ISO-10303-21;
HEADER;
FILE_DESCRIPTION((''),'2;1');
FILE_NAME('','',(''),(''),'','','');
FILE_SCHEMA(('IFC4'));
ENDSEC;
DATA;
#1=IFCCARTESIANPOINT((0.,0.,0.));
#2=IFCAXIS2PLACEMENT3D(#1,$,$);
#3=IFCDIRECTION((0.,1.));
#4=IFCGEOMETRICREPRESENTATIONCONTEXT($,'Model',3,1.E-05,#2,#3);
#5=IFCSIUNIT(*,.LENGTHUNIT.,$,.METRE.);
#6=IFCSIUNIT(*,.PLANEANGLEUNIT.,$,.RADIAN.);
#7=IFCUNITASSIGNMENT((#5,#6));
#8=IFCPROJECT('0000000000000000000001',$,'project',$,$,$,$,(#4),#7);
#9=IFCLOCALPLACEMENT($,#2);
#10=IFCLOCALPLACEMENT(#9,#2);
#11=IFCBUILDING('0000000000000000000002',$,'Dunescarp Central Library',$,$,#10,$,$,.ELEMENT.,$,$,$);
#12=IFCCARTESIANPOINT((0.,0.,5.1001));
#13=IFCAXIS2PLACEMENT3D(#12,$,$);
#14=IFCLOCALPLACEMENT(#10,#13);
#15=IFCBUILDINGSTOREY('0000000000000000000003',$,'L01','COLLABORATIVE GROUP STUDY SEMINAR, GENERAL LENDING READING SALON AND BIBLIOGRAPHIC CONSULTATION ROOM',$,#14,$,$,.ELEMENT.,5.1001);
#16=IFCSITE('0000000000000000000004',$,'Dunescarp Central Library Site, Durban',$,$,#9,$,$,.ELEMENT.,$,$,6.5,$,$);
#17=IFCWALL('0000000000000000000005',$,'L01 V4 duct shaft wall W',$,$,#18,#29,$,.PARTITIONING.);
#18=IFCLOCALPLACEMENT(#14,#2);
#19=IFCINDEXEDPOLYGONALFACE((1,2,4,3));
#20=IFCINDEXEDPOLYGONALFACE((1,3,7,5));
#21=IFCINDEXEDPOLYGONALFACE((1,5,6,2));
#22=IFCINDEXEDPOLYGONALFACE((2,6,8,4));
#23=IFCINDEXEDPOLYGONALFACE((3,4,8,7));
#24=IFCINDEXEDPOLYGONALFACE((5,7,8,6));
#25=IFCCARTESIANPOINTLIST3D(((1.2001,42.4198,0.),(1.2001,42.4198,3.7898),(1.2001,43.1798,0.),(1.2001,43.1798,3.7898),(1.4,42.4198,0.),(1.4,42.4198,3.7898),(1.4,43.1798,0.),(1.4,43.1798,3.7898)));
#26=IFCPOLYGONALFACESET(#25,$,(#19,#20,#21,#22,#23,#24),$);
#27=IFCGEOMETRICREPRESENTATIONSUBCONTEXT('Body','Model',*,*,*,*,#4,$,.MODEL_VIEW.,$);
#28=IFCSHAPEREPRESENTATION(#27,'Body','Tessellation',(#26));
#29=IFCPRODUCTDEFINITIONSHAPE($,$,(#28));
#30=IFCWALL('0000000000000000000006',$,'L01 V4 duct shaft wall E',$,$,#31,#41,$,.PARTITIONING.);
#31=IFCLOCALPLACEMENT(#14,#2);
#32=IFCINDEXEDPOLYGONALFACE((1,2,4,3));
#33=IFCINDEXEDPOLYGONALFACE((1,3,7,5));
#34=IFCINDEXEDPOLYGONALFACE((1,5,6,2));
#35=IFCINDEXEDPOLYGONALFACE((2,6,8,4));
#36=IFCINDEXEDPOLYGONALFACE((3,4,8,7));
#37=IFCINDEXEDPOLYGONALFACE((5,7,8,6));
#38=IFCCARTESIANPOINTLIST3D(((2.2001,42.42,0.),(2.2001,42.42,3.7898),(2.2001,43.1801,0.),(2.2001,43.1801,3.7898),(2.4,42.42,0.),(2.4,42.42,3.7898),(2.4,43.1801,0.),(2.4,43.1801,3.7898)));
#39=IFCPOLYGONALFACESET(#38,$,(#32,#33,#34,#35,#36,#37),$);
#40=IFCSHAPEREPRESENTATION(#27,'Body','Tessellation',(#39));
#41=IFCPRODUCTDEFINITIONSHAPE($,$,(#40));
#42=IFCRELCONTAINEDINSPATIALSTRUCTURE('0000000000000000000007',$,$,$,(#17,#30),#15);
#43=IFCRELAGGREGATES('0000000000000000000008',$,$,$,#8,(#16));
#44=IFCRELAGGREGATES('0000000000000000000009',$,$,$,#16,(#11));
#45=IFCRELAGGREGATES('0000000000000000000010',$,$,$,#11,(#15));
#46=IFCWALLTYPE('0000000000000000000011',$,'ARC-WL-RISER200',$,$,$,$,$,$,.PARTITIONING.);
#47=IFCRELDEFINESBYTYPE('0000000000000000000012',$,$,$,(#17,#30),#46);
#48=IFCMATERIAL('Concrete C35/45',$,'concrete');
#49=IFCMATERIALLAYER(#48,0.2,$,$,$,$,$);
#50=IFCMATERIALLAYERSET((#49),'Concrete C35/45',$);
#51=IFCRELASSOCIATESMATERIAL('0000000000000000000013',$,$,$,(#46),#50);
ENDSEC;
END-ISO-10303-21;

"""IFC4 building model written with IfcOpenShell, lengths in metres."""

from ifc_helpers import new_model, si_unit, direction, frame, frame_2d, origin, place, context, subcontext, project, spatial, rectangle, extrude, material, layer, layer_set, type_object, element, save


model = new_model("IFC4")

# Units and contexts
model_context = context("Model", 3, precision=1e-05, world=origin(), true_north=direction((0.0, 1.0)))
body_context = subcontext(model_context, "Body", "Model", "MODEL_VIEW")
ifc_project = project(units=[si_unit("LENGTHUNIT", "METRE"), si_unit("PLANEANGLEUNIT", "RADIAN")], contexts=[model_context])

# Site, building, storey
site_placement = place(None, origin())
site = spatial("IfcSite", under=ifc_project, at=site_placement, Name="Dunescarp Central Library Site, Durban", CompositionType="ELEMENT", RefElevation=6.5)
building_placement = place(site_placement, origin())
building = spatial("IfcBuilding", under=site, at=building_placement, Name="Dunescarp Central Library", CompositionType="ELEMENT")
storey_placement = place(building_placement, frame((0.0, 0.0, 5.1001)))
storey = spatial("IfcBuildingStorey", under=building, at=storey_placement, Name="L01", Description="COLLABORATIVE GROUP STUDY SEMINAR, GENERAL LENDING READING SALON AND BIBLIOGRAPHIC CONSULTATION ROOM", CompositionType="ELEMENT", Elevation=5.1001)

# Walls
ifc_material_1 = material(Name="Concrete C35/45", Category="concrete")
ifc_layer_1 = layer(ifc_material_1, 0.2)
ifc_layer_set_1 = layer_set([ifc_layer_1], Name="Concrete C35/45")
wall_type_1 = type_object("IfcWallType", Name="ARC-WL-RISER200", PredefinedType="PARTITIONING", material=ifc_layer_set_1)
for number, where, z_axis, x_axis, name in (
    (1, (1.3, 42.4199, 0.0), (0.0, 0.0, 1.0), (0.0, 1.0, 0.0), "L01 V4 duct shaft wall W"),
    (2, (2.3, 43.1799, 0.0), (0.0, 0.0, 1.0), (0.0, -1.0, 0.0), "L01 V4 duct shaft wall E"),
):
    element("IfcWall", number, at=place(storey_placement, frame(where, z_axis=z_axis, x_axis=x_axis)), inside=storey, type_object=wall_type_1, Name=name, PredefinedType="PARTITIONING", context=body_context, shape_type="SweptSolid", body=[
        extrude(rectangle(XDim=0.76, YDim=0.2, at=frame_2d((0.3799, 0.0))), origin(), (0.0, 0.0, 1.0), 3.7898),
    ])

save(model, "model.ifc")
